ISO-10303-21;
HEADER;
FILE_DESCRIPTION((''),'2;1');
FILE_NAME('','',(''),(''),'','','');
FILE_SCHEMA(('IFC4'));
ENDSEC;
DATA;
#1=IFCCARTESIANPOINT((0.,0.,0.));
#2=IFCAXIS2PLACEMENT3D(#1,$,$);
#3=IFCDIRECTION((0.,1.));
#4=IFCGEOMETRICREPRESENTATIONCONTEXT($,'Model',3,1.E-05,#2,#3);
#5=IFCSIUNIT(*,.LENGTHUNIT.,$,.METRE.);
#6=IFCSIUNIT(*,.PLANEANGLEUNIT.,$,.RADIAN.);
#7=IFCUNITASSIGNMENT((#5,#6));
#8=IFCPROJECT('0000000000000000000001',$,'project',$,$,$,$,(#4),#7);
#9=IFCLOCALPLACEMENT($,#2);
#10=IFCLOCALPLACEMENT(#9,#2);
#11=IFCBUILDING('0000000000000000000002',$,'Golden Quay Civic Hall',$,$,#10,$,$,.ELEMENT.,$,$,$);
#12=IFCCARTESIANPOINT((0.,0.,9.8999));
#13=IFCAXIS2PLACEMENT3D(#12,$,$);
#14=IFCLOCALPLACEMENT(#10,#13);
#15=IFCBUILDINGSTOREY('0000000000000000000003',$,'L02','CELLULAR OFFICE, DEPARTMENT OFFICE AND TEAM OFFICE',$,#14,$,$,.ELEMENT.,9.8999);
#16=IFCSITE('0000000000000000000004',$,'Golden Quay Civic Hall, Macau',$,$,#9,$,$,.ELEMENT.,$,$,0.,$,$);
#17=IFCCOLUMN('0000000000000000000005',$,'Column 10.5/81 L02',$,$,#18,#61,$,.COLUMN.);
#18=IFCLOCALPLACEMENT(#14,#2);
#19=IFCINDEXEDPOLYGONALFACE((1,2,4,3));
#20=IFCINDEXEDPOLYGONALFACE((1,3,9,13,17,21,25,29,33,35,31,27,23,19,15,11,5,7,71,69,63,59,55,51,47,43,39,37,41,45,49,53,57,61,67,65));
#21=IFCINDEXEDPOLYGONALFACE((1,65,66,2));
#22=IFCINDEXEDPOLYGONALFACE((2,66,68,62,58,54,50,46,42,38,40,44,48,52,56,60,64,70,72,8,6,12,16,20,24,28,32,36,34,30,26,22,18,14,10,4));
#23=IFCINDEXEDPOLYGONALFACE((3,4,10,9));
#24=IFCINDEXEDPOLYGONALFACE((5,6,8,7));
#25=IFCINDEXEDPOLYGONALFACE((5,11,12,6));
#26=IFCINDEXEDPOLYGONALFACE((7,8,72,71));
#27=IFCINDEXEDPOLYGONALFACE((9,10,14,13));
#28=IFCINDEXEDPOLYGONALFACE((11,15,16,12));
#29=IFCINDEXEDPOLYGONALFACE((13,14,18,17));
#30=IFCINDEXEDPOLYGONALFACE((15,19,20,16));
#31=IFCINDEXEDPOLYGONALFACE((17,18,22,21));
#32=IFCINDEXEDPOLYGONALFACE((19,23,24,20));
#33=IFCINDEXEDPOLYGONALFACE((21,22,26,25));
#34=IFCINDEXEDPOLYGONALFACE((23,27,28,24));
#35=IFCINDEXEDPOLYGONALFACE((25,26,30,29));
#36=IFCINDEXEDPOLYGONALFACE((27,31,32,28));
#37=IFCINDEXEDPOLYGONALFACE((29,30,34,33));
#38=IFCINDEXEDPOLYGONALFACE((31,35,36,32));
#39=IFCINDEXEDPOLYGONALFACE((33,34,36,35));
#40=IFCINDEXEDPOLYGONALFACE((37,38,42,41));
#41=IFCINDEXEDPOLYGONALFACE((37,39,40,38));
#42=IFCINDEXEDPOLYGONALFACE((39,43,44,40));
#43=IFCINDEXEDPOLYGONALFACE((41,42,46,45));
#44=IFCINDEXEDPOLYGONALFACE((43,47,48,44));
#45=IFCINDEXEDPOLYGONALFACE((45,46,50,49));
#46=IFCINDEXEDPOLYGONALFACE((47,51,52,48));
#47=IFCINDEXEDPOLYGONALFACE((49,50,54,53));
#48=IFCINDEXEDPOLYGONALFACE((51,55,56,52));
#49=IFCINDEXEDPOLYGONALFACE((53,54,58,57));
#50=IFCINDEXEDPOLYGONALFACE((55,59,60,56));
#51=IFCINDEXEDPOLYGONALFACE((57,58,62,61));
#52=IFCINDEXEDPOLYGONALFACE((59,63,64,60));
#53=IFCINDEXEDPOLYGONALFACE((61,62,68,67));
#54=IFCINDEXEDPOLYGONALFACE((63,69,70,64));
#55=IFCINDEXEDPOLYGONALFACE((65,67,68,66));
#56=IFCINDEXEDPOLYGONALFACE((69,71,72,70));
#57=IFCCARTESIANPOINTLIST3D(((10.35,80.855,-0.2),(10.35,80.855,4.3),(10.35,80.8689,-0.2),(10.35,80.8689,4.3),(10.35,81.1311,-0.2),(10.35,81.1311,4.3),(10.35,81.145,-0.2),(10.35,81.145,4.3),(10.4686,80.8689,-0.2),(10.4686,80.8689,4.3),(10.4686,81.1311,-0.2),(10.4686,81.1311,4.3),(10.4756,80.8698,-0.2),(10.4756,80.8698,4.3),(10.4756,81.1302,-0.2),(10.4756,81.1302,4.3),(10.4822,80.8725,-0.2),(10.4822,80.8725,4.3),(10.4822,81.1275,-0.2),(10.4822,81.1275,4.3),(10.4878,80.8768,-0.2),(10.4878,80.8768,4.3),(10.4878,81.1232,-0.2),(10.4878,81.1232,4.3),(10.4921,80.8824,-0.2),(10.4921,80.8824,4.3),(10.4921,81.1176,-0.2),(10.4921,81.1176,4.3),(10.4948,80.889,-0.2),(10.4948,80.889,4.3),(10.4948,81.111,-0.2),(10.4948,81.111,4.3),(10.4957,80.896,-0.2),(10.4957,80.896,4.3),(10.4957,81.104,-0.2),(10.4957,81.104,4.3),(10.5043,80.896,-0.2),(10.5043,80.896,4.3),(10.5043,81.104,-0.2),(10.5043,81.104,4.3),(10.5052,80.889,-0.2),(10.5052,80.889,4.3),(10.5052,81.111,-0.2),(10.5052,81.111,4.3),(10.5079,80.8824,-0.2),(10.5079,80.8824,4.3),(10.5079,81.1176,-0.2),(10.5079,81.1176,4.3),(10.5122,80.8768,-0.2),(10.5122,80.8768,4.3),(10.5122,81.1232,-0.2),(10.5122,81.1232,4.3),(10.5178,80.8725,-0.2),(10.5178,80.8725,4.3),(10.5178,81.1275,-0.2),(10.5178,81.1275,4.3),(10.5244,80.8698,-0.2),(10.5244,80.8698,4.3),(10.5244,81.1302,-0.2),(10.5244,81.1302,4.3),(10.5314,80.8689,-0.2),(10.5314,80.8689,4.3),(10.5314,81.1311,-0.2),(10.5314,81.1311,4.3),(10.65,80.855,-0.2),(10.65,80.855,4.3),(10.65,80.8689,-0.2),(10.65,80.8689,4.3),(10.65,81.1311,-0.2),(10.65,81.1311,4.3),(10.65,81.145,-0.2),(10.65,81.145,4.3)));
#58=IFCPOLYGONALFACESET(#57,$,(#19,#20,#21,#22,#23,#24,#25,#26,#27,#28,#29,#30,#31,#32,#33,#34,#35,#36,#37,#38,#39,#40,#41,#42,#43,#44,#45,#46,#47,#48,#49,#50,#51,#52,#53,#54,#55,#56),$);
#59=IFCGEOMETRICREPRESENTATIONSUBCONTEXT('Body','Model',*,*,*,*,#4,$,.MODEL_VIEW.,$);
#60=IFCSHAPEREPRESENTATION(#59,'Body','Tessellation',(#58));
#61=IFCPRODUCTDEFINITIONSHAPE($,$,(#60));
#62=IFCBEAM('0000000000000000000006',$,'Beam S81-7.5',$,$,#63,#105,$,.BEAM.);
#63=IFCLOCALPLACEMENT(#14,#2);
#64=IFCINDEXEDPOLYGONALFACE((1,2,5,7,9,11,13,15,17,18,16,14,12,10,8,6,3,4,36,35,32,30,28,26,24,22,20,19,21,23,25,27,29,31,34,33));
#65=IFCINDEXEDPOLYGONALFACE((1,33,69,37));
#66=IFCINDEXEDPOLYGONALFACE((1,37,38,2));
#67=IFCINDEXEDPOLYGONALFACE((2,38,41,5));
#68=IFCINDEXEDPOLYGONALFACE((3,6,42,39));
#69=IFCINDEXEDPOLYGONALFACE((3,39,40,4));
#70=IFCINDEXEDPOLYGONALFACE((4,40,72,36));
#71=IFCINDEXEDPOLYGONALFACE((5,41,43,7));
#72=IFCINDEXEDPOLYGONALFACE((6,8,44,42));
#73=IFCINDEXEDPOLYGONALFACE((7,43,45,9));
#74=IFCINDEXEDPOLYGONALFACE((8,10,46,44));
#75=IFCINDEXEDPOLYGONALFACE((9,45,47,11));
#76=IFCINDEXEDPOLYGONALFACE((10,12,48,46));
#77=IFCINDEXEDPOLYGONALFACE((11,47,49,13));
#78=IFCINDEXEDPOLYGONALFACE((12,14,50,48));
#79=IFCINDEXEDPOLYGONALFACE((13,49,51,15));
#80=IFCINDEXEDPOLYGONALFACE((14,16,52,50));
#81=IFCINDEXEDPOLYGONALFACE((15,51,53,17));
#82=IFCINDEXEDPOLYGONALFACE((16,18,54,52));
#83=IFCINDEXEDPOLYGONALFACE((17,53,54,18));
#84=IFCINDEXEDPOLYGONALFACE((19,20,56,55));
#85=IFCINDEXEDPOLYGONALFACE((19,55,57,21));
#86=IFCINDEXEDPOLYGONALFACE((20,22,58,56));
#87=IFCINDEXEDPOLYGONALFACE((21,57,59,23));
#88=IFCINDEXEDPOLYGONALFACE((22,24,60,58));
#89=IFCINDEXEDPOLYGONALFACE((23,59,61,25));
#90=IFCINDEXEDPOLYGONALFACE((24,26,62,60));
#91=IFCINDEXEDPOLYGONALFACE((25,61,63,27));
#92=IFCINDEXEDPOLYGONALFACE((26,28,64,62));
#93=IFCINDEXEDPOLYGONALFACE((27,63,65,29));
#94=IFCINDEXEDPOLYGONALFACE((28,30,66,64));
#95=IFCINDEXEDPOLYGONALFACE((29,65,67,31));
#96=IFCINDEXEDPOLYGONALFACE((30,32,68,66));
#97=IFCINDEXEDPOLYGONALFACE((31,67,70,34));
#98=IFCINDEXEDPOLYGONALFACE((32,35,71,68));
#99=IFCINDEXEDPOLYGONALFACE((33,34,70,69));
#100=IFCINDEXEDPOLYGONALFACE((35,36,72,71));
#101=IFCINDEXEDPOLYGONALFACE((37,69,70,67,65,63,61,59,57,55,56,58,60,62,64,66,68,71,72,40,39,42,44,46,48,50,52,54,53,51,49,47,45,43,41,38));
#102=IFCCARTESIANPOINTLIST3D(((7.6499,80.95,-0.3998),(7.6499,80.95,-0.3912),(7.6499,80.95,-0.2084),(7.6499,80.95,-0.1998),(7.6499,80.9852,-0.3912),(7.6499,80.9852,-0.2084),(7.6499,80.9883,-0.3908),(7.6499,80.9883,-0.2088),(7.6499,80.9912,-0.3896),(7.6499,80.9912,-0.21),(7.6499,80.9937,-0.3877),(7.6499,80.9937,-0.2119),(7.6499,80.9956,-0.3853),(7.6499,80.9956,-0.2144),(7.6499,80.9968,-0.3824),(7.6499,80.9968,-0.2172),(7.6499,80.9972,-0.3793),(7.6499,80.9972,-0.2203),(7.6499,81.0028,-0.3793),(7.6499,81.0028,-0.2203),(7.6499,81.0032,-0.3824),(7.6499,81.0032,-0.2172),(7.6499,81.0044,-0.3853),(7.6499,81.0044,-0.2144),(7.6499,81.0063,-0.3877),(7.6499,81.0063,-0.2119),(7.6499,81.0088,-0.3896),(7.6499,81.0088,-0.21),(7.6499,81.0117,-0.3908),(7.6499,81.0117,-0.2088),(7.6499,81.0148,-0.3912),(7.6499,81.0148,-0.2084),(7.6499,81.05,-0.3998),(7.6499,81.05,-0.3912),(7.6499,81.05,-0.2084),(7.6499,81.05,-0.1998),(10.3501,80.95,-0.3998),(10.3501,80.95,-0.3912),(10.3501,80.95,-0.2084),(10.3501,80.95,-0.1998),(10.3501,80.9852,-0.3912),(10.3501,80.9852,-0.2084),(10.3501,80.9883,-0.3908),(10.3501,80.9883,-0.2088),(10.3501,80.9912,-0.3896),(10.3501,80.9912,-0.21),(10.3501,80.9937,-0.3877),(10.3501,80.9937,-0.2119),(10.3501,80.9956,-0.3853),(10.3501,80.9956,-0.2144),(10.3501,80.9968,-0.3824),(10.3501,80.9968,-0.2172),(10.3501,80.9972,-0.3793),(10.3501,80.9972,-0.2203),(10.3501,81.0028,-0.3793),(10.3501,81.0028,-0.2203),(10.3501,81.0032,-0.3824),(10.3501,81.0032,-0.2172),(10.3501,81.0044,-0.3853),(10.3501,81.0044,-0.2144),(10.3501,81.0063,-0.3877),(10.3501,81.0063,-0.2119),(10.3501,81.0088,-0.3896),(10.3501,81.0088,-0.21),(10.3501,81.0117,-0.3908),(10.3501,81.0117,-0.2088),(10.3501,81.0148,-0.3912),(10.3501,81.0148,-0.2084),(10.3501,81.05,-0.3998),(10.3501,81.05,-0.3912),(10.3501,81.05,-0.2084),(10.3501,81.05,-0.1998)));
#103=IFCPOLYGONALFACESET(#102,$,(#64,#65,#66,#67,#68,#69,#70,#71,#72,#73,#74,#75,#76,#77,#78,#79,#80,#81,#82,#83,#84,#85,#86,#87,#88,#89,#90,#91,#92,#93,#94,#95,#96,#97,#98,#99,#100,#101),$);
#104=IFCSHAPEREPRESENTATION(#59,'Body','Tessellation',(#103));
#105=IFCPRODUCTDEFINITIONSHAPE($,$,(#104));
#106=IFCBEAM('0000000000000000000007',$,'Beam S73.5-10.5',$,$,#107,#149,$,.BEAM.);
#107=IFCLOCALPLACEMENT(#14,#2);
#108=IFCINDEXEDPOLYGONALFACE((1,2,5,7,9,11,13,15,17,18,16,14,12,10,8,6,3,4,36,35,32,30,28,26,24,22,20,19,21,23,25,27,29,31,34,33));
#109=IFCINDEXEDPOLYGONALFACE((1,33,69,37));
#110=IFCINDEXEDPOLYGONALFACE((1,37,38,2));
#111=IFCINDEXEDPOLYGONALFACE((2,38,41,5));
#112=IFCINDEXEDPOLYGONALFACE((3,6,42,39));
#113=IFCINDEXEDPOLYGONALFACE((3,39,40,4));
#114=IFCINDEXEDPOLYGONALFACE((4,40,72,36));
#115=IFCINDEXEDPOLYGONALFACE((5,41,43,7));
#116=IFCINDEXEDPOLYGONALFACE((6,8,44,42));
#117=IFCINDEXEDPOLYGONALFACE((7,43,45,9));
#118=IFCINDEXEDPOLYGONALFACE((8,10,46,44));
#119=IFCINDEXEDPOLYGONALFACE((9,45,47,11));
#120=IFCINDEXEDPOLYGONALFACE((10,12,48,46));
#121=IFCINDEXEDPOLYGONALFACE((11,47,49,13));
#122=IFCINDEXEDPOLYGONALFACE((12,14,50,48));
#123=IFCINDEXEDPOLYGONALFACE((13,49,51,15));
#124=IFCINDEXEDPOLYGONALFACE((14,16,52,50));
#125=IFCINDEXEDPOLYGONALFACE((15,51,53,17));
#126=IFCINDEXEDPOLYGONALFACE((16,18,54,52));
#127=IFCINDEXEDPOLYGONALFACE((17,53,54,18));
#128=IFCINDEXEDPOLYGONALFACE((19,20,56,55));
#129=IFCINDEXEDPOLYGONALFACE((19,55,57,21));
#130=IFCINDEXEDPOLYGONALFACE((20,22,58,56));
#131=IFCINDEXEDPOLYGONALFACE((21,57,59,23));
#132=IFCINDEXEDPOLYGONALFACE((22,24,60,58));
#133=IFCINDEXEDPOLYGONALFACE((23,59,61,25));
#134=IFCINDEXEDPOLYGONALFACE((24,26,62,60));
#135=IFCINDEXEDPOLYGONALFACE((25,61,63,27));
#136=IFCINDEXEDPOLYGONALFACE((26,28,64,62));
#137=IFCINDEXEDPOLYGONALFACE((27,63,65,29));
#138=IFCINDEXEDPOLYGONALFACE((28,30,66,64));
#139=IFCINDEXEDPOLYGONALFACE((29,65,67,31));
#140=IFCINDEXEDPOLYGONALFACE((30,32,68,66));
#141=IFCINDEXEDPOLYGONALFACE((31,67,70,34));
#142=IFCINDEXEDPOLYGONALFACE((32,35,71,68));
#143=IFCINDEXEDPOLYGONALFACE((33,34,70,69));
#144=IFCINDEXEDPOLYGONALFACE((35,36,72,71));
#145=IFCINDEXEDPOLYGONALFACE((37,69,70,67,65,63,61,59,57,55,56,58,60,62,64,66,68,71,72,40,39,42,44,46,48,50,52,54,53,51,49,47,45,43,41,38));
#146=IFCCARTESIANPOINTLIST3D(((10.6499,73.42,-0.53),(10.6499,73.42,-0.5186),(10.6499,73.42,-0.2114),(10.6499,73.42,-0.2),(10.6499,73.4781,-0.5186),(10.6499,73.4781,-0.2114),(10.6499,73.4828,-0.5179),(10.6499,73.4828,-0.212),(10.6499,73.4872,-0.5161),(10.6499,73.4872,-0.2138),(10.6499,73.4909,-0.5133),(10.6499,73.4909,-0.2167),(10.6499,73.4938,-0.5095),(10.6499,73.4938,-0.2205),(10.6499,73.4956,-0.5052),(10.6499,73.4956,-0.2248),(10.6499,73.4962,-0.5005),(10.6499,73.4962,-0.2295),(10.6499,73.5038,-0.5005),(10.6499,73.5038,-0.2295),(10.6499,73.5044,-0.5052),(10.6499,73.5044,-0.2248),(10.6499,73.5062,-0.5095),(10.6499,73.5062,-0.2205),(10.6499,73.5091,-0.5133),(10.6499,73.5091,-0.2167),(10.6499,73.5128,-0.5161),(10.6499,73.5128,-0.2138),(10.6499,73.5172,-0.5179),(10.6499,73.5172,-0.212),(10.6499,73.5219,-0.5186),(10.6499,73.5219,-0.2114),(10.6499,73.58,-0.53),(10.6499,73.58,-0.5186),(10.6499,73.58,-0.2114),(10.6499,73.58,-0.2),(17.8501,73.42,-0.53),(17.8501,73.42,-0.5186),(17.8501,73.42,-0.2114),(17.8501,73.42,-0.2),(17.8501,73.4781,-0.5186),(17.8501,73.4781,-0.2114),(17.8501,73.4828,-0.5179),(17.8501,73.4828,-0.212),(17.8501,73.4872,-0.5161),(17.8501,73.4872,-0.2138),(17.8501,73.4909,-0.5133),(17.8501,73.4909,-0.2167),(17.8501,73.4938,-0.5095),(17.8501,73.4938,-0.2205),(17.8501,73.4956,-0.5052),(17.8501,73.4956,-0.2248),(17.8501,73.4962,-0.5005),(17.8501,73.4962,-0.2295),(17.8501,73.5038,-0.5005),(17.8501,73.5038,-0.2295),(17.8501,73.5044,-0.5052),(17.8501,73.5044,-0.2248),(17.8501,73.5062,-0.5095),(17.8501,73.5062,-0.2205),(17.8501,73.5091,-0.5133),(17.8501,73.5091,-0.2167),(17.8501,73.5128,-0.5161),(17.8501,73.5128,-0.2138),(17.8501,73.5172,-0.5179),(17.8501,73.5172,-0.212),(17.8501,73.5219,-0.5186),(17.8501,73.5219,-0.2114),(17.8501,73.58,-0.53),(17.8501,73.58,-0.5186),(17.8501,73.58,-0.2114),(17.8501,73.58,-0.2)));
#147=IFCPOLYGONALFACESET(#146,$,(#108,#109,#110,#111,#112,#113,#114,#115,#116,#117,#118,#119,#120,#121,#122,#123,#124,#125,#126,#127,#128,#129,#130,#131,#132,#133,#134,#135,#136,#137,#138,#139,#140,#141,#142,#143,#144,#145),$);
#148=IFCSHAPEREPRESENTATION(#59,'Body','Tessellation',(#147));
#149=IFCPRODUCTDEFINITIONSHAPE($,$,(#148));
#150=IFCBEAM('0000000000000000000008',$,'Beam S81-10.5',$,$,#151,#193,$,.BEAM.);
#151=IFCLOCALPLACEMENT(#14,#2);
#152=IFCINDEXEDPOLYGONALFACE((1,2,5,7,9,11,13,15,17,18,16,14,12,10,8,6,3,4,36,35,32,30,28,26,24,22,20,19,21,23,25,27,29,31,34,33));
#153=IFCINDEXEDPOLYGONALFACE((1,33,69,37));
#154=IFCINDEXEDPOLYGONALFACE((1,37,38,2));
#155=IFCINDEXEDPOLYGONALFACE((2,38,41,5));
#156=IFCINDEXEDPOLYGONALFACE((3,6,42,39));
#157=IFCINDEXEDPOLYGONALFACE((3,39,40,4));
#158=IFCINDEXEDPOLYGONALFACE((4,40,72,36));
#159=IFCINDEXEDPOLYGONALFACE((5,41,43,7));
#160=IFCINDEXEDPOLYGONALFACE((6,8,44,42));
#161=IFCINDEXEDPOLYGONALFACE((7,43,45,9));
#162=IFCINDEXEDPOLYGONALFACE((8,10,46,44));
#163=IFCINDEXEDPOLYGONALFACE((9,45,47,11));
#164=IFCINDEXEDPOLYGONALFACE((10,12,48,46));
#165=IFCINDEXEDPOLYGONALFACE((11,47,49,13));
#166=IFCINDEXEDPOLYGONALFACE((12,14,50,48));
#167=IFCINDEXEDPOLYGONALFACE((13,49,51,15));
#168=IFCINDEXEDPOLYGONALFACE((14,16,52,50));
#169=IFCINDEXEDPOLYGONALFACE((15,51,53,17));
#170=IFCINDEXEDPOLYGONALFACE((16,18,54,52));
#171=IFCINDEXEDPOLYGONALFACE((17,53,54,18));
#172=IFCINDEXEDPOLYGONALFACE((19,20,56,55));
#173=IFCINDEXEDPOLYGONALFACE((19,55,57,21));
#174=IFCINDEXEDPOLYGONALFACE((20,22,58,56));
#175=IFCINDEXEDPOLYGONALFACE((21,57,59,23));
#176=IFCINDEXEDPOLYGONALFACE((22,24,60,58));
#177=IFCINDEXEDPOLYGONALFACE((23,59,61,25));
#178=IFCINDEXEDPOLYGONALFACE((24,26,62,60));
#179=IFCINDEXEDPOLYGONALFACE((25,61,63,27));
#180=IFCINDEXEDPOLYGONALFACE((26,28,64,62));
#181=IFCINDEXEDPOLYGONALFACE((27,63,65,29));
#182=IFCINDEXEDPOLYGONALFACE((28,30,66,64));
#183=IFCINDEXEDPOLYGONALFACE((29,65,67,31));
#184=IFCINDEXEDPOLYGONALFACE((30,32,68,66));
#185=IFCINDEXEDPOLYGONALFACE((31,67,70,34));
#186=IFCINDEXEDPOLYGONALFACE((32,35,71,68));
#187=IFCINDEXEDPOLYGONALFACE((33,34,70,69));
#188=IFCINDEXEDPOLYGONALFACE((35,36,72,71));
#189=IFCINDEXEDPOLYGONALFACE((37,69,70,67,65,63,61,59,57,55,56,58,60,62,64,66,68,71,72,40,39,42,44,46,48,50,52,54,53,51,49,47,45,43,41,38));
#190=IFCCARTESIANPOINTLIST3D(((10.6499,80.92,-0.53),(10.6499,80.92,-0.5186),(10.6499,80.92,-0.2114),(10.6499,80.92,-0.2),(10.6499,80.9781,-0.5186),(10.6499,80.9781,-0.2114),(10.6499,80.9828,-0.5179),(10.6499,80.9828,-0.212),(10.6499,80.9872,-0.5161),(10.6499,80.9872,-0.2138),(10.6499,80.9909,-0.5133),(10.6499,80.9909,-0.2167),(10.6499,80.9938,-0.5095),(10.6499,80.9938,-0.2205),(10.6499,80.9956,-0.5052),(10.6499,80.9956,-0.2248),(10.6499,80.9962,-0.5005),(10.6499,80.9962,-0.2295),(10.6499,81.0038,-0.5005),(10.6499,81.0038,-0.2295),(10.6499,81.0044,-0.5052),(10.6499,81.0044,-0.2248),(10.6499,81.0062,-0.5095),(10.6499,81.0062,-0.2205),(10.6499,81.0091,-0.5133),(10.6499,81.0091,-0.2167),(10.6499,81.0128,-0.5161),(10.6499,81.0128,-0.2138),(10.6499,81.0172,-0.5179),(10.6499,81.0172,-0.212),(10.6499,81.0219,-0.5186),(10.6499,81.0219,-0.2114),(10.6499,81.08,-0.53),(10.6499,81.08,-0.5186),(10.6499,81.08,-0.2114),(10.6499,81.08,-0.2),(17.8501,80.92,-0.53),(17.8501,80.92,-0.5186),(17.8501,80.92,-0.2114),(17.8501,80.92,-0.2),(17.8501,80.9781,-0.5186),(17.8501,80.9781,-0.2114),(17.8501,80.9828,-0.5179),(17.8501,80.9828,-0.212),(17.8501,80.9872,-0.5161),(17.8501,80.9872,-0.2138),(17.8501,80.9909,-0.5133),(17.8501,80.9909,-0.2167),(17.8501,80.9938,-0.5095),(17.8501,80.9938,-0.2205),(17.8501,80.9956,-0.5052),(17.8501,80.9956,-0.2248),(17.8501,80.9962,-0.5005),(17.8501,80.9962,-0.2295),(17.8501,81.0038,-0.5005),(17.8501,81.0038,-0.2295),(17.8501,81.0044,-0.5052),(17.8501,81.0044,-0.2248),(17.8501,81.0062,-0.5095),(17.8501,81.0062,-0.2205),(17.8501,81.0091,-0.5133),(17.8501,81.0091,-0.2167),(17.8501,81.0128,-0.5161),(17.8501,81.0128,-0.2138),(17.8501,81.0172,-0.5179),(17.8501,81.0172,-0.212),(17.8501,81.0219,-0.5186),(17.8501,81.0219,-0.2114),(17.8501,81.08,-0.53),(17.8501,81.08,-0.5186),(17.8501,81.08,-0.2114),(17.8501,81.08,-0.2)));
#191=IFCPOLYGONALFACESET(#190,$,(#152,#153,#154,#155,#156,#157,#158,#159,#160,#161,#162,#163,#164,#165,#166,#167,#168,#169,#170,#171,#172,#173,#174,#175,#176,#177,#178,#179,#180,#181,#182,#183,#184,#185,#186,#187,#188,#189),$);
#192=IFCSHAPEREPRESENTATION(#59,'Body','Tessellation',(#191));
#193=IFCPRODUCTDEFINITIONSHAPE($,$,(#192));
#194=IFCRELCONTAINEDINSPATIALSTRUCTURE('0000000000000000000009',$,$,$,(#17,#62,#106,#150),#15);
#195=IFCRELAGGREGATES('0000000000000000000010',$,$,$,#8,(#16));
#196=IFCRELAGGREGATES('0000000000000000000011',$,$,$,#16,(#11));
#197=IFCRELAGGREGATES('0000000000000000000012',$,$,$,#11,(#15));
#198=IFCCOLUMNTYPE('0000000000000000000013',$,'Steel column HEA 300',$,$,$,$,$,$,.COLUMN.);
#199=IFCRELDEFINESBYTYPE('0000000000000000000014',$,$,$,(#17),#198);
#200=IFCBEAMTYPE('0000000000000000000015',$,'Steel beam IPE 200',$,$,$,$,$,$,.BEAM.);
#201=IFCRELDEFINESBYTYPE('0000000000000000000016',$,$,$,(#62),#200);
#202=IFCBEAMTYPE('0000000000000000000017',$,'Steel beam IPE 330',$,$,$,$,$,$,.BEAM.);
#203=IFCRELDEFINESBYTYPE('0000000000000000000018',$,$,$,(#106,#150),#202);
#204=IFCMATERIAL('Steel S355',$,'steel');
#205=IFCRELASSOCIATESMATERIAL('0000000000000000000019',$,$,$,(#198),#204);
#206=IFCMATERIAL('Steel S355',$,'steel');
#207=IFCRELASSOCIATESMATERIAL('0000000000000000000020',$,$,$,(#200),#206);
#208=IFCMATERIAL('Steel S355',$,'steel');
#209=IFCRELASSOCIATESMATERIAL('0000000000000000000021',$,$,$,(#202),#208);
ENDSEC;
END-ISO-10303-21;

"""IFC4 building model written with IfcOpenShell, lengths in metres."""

from ifc_helpers import new_model, si_unit, direction, frame, origin, origin_2d, place, context, subcontext, project, spatial, i_section, extrude, material, material_profile, profile_set, type_object, element, save


model = new_model("IFC4")

# Units and contexts
model_context = context("Model", 3, precision=1e-05, world=origin(), true_north=direction((0.0, 1.0)))
body_context = subcontext(model_context, "Body", "Model", "MODEL_VIEW")
ifc_project = project(units=[si_unit("LENGTHUNIT", "METRE"), si_unit("PLANEANGLEUNIT", "RADIAN")], contexts=[model_context])

# Site, building, storey
site_placement = place(None, origin())
site = spatial("IfcSite", under=ifc_project, at=site_placement, Name="Golden Quay Civic Hall, Macau", CompositionType="ELEMENT", RefElevation=0.0)
building_placement = place(site_placement, origin())
building = spatial("IfcBuilding", under=site, at=building_placement, Name="Golden Quay Civic Hall", CompositionType="ELEMENT")
storey_placement = place(building_placement, frame((0.0, 0.0, 9.8999)))
storey = spatial("IfcBuildingStorey", under=building, at=storey_placement, Name="L02", Description="CELLULAR OFFICE, DEPARTMENT OFFICE AND TEAM OFFICE", CompositionType="ELEMENT", Elevation=9.8999)

# Column
ifc_material_1 = material(Name="Steel S355", Category="steel")
ifc_material_profile_1 = material_profile(ifc_material_1, i_section(OverallWidth=0.3, OverallDepth=0.29, WebThickness=0.0085, FlangeThickness=0.0139, FilletRadius=0.0271, at=origin_2d()), Name="HEA 300")
ifc_profile_set_1 = profile_set([ifc_material_profile_1], Name="Steel S355")
column_type = type_object("IfcColumnType", Name="Steel column HEA 300", PredefinedType="COLUMN", material=ifc_profile_set_1)
column_placement = place(storey_placement, frame((10.5, 81.0, -0.2), z_axis=(0.0, 0.0, 1.0), x_axis=(1.0, 0.0, 0.0)))
element("IfcColumn", 1, at=column_placement, inside=storey, type_object=column_type, Name="Column 10.5/81 L02", PredefinedType="COLUMN", context=body_context, shape_type="SweptSolid", body=[
    extrude(i_section(OverallWidth=0.3, OverallDepth=0.29, WebThickness=0.0085, FlangeThickness=0.0139, FilletRadius=0.0271, at=origin_2d()), origin(), (0.0, 0.0, 1.0), 4.5),
])

# Beams
ifc_material_2 = material(Name="Steel S355", Category="steel")
ifc_material_profile_2 = material_profile(ifc_material_2, i_section(OverallWidth=0.1001, OverallDepth=0.2, WebThickness=0.0056, FlangeThickness=0.0085, FilletRadius=0.012, at=origin_2d()), Name="IPE 200")
ifc_profile_set_2 = profile_set([ifc_material_profile_2], Name="Steel S355")
beam_type_1 = type_object("IfcBeamType", Name="Steel beam IPE 200", PredefinedType="BEAM", material=ifc_profile_set_2)
beam_1_placement = place(storey_placement, frame((7.6499, 81.0, -0.2998), z_axis=(1.0, 0.0, 0.0), x_axis=(0.0, 1.0, 0.0)))
element("IfcBeam", 2, at=beam_1_placement, inside=storey, type_object=beam_type_1, Name="Beam S81-7.5", PredefinedType="BEAM", context=body_context, shape_type="SweptSolid", body=[
    extrude(i_section(OverallWidth=0.1001, OverallDepth=0.2, WebThickness=0.0056, FlangeThickness=0.0085, FilletRadius=0.012, at=origin_2d()), origin(), (0.0, 0.0, 1.0), 2.7002),
])
ifc_material_3 = material(Name="Steel S355", Category="steel")
ifc_material_profile_3 = material_profile(ifc_material_3, i_section(OverallWidth=0.1599, OverallDepth=0.3301, WebThickness=0.0076, FlangeThickness=0.0115, FilletRadius=0.0181, at=origin_2d()), Name="IPE 330")
ifc_profile_set_3 = profile_set([ifc_material_profile_3], Name="Steel S355")
beam_type_2 = type_object("IfcBeamType", Name="Steel beam IPE 330", PredefinedType="BEAM", material=ifc_profile_set_3)
for number, where, z_axis, x_axis, name in (
    (3, (10.6499, 73.5, -0.365), (1.0, 0.0, 0.0), (0.0, 1.0, 0.0), "Beam S73.5-10.5"),
    (4, (10.6499, 81.0, -0.365), (1.0, 0.0, 0.0), (0.0, 1.0, 0.0), "Beam S81-10.5"),
):
    element("IfcBeam", number, at=place(storey_placement, frame(where, z_axis=z_axis, x_axis=x_axis)), inside=storey, type_object=beam_type_2, Name=name, PredefinedType="BEAM", context=body_context, shape_type="SweptSolid", body=[
        extrude(i_section(OverallWidth=0.1599, OverallDepth=0.3301, WebThickness=0.0076, FlangeThickness=0.0115, FilletRadius=0.0181, at=origin_2d()), origin(), (0.0, 0.0, 1.0), 7.2002),
    ])

save(model, "model.ifc")
